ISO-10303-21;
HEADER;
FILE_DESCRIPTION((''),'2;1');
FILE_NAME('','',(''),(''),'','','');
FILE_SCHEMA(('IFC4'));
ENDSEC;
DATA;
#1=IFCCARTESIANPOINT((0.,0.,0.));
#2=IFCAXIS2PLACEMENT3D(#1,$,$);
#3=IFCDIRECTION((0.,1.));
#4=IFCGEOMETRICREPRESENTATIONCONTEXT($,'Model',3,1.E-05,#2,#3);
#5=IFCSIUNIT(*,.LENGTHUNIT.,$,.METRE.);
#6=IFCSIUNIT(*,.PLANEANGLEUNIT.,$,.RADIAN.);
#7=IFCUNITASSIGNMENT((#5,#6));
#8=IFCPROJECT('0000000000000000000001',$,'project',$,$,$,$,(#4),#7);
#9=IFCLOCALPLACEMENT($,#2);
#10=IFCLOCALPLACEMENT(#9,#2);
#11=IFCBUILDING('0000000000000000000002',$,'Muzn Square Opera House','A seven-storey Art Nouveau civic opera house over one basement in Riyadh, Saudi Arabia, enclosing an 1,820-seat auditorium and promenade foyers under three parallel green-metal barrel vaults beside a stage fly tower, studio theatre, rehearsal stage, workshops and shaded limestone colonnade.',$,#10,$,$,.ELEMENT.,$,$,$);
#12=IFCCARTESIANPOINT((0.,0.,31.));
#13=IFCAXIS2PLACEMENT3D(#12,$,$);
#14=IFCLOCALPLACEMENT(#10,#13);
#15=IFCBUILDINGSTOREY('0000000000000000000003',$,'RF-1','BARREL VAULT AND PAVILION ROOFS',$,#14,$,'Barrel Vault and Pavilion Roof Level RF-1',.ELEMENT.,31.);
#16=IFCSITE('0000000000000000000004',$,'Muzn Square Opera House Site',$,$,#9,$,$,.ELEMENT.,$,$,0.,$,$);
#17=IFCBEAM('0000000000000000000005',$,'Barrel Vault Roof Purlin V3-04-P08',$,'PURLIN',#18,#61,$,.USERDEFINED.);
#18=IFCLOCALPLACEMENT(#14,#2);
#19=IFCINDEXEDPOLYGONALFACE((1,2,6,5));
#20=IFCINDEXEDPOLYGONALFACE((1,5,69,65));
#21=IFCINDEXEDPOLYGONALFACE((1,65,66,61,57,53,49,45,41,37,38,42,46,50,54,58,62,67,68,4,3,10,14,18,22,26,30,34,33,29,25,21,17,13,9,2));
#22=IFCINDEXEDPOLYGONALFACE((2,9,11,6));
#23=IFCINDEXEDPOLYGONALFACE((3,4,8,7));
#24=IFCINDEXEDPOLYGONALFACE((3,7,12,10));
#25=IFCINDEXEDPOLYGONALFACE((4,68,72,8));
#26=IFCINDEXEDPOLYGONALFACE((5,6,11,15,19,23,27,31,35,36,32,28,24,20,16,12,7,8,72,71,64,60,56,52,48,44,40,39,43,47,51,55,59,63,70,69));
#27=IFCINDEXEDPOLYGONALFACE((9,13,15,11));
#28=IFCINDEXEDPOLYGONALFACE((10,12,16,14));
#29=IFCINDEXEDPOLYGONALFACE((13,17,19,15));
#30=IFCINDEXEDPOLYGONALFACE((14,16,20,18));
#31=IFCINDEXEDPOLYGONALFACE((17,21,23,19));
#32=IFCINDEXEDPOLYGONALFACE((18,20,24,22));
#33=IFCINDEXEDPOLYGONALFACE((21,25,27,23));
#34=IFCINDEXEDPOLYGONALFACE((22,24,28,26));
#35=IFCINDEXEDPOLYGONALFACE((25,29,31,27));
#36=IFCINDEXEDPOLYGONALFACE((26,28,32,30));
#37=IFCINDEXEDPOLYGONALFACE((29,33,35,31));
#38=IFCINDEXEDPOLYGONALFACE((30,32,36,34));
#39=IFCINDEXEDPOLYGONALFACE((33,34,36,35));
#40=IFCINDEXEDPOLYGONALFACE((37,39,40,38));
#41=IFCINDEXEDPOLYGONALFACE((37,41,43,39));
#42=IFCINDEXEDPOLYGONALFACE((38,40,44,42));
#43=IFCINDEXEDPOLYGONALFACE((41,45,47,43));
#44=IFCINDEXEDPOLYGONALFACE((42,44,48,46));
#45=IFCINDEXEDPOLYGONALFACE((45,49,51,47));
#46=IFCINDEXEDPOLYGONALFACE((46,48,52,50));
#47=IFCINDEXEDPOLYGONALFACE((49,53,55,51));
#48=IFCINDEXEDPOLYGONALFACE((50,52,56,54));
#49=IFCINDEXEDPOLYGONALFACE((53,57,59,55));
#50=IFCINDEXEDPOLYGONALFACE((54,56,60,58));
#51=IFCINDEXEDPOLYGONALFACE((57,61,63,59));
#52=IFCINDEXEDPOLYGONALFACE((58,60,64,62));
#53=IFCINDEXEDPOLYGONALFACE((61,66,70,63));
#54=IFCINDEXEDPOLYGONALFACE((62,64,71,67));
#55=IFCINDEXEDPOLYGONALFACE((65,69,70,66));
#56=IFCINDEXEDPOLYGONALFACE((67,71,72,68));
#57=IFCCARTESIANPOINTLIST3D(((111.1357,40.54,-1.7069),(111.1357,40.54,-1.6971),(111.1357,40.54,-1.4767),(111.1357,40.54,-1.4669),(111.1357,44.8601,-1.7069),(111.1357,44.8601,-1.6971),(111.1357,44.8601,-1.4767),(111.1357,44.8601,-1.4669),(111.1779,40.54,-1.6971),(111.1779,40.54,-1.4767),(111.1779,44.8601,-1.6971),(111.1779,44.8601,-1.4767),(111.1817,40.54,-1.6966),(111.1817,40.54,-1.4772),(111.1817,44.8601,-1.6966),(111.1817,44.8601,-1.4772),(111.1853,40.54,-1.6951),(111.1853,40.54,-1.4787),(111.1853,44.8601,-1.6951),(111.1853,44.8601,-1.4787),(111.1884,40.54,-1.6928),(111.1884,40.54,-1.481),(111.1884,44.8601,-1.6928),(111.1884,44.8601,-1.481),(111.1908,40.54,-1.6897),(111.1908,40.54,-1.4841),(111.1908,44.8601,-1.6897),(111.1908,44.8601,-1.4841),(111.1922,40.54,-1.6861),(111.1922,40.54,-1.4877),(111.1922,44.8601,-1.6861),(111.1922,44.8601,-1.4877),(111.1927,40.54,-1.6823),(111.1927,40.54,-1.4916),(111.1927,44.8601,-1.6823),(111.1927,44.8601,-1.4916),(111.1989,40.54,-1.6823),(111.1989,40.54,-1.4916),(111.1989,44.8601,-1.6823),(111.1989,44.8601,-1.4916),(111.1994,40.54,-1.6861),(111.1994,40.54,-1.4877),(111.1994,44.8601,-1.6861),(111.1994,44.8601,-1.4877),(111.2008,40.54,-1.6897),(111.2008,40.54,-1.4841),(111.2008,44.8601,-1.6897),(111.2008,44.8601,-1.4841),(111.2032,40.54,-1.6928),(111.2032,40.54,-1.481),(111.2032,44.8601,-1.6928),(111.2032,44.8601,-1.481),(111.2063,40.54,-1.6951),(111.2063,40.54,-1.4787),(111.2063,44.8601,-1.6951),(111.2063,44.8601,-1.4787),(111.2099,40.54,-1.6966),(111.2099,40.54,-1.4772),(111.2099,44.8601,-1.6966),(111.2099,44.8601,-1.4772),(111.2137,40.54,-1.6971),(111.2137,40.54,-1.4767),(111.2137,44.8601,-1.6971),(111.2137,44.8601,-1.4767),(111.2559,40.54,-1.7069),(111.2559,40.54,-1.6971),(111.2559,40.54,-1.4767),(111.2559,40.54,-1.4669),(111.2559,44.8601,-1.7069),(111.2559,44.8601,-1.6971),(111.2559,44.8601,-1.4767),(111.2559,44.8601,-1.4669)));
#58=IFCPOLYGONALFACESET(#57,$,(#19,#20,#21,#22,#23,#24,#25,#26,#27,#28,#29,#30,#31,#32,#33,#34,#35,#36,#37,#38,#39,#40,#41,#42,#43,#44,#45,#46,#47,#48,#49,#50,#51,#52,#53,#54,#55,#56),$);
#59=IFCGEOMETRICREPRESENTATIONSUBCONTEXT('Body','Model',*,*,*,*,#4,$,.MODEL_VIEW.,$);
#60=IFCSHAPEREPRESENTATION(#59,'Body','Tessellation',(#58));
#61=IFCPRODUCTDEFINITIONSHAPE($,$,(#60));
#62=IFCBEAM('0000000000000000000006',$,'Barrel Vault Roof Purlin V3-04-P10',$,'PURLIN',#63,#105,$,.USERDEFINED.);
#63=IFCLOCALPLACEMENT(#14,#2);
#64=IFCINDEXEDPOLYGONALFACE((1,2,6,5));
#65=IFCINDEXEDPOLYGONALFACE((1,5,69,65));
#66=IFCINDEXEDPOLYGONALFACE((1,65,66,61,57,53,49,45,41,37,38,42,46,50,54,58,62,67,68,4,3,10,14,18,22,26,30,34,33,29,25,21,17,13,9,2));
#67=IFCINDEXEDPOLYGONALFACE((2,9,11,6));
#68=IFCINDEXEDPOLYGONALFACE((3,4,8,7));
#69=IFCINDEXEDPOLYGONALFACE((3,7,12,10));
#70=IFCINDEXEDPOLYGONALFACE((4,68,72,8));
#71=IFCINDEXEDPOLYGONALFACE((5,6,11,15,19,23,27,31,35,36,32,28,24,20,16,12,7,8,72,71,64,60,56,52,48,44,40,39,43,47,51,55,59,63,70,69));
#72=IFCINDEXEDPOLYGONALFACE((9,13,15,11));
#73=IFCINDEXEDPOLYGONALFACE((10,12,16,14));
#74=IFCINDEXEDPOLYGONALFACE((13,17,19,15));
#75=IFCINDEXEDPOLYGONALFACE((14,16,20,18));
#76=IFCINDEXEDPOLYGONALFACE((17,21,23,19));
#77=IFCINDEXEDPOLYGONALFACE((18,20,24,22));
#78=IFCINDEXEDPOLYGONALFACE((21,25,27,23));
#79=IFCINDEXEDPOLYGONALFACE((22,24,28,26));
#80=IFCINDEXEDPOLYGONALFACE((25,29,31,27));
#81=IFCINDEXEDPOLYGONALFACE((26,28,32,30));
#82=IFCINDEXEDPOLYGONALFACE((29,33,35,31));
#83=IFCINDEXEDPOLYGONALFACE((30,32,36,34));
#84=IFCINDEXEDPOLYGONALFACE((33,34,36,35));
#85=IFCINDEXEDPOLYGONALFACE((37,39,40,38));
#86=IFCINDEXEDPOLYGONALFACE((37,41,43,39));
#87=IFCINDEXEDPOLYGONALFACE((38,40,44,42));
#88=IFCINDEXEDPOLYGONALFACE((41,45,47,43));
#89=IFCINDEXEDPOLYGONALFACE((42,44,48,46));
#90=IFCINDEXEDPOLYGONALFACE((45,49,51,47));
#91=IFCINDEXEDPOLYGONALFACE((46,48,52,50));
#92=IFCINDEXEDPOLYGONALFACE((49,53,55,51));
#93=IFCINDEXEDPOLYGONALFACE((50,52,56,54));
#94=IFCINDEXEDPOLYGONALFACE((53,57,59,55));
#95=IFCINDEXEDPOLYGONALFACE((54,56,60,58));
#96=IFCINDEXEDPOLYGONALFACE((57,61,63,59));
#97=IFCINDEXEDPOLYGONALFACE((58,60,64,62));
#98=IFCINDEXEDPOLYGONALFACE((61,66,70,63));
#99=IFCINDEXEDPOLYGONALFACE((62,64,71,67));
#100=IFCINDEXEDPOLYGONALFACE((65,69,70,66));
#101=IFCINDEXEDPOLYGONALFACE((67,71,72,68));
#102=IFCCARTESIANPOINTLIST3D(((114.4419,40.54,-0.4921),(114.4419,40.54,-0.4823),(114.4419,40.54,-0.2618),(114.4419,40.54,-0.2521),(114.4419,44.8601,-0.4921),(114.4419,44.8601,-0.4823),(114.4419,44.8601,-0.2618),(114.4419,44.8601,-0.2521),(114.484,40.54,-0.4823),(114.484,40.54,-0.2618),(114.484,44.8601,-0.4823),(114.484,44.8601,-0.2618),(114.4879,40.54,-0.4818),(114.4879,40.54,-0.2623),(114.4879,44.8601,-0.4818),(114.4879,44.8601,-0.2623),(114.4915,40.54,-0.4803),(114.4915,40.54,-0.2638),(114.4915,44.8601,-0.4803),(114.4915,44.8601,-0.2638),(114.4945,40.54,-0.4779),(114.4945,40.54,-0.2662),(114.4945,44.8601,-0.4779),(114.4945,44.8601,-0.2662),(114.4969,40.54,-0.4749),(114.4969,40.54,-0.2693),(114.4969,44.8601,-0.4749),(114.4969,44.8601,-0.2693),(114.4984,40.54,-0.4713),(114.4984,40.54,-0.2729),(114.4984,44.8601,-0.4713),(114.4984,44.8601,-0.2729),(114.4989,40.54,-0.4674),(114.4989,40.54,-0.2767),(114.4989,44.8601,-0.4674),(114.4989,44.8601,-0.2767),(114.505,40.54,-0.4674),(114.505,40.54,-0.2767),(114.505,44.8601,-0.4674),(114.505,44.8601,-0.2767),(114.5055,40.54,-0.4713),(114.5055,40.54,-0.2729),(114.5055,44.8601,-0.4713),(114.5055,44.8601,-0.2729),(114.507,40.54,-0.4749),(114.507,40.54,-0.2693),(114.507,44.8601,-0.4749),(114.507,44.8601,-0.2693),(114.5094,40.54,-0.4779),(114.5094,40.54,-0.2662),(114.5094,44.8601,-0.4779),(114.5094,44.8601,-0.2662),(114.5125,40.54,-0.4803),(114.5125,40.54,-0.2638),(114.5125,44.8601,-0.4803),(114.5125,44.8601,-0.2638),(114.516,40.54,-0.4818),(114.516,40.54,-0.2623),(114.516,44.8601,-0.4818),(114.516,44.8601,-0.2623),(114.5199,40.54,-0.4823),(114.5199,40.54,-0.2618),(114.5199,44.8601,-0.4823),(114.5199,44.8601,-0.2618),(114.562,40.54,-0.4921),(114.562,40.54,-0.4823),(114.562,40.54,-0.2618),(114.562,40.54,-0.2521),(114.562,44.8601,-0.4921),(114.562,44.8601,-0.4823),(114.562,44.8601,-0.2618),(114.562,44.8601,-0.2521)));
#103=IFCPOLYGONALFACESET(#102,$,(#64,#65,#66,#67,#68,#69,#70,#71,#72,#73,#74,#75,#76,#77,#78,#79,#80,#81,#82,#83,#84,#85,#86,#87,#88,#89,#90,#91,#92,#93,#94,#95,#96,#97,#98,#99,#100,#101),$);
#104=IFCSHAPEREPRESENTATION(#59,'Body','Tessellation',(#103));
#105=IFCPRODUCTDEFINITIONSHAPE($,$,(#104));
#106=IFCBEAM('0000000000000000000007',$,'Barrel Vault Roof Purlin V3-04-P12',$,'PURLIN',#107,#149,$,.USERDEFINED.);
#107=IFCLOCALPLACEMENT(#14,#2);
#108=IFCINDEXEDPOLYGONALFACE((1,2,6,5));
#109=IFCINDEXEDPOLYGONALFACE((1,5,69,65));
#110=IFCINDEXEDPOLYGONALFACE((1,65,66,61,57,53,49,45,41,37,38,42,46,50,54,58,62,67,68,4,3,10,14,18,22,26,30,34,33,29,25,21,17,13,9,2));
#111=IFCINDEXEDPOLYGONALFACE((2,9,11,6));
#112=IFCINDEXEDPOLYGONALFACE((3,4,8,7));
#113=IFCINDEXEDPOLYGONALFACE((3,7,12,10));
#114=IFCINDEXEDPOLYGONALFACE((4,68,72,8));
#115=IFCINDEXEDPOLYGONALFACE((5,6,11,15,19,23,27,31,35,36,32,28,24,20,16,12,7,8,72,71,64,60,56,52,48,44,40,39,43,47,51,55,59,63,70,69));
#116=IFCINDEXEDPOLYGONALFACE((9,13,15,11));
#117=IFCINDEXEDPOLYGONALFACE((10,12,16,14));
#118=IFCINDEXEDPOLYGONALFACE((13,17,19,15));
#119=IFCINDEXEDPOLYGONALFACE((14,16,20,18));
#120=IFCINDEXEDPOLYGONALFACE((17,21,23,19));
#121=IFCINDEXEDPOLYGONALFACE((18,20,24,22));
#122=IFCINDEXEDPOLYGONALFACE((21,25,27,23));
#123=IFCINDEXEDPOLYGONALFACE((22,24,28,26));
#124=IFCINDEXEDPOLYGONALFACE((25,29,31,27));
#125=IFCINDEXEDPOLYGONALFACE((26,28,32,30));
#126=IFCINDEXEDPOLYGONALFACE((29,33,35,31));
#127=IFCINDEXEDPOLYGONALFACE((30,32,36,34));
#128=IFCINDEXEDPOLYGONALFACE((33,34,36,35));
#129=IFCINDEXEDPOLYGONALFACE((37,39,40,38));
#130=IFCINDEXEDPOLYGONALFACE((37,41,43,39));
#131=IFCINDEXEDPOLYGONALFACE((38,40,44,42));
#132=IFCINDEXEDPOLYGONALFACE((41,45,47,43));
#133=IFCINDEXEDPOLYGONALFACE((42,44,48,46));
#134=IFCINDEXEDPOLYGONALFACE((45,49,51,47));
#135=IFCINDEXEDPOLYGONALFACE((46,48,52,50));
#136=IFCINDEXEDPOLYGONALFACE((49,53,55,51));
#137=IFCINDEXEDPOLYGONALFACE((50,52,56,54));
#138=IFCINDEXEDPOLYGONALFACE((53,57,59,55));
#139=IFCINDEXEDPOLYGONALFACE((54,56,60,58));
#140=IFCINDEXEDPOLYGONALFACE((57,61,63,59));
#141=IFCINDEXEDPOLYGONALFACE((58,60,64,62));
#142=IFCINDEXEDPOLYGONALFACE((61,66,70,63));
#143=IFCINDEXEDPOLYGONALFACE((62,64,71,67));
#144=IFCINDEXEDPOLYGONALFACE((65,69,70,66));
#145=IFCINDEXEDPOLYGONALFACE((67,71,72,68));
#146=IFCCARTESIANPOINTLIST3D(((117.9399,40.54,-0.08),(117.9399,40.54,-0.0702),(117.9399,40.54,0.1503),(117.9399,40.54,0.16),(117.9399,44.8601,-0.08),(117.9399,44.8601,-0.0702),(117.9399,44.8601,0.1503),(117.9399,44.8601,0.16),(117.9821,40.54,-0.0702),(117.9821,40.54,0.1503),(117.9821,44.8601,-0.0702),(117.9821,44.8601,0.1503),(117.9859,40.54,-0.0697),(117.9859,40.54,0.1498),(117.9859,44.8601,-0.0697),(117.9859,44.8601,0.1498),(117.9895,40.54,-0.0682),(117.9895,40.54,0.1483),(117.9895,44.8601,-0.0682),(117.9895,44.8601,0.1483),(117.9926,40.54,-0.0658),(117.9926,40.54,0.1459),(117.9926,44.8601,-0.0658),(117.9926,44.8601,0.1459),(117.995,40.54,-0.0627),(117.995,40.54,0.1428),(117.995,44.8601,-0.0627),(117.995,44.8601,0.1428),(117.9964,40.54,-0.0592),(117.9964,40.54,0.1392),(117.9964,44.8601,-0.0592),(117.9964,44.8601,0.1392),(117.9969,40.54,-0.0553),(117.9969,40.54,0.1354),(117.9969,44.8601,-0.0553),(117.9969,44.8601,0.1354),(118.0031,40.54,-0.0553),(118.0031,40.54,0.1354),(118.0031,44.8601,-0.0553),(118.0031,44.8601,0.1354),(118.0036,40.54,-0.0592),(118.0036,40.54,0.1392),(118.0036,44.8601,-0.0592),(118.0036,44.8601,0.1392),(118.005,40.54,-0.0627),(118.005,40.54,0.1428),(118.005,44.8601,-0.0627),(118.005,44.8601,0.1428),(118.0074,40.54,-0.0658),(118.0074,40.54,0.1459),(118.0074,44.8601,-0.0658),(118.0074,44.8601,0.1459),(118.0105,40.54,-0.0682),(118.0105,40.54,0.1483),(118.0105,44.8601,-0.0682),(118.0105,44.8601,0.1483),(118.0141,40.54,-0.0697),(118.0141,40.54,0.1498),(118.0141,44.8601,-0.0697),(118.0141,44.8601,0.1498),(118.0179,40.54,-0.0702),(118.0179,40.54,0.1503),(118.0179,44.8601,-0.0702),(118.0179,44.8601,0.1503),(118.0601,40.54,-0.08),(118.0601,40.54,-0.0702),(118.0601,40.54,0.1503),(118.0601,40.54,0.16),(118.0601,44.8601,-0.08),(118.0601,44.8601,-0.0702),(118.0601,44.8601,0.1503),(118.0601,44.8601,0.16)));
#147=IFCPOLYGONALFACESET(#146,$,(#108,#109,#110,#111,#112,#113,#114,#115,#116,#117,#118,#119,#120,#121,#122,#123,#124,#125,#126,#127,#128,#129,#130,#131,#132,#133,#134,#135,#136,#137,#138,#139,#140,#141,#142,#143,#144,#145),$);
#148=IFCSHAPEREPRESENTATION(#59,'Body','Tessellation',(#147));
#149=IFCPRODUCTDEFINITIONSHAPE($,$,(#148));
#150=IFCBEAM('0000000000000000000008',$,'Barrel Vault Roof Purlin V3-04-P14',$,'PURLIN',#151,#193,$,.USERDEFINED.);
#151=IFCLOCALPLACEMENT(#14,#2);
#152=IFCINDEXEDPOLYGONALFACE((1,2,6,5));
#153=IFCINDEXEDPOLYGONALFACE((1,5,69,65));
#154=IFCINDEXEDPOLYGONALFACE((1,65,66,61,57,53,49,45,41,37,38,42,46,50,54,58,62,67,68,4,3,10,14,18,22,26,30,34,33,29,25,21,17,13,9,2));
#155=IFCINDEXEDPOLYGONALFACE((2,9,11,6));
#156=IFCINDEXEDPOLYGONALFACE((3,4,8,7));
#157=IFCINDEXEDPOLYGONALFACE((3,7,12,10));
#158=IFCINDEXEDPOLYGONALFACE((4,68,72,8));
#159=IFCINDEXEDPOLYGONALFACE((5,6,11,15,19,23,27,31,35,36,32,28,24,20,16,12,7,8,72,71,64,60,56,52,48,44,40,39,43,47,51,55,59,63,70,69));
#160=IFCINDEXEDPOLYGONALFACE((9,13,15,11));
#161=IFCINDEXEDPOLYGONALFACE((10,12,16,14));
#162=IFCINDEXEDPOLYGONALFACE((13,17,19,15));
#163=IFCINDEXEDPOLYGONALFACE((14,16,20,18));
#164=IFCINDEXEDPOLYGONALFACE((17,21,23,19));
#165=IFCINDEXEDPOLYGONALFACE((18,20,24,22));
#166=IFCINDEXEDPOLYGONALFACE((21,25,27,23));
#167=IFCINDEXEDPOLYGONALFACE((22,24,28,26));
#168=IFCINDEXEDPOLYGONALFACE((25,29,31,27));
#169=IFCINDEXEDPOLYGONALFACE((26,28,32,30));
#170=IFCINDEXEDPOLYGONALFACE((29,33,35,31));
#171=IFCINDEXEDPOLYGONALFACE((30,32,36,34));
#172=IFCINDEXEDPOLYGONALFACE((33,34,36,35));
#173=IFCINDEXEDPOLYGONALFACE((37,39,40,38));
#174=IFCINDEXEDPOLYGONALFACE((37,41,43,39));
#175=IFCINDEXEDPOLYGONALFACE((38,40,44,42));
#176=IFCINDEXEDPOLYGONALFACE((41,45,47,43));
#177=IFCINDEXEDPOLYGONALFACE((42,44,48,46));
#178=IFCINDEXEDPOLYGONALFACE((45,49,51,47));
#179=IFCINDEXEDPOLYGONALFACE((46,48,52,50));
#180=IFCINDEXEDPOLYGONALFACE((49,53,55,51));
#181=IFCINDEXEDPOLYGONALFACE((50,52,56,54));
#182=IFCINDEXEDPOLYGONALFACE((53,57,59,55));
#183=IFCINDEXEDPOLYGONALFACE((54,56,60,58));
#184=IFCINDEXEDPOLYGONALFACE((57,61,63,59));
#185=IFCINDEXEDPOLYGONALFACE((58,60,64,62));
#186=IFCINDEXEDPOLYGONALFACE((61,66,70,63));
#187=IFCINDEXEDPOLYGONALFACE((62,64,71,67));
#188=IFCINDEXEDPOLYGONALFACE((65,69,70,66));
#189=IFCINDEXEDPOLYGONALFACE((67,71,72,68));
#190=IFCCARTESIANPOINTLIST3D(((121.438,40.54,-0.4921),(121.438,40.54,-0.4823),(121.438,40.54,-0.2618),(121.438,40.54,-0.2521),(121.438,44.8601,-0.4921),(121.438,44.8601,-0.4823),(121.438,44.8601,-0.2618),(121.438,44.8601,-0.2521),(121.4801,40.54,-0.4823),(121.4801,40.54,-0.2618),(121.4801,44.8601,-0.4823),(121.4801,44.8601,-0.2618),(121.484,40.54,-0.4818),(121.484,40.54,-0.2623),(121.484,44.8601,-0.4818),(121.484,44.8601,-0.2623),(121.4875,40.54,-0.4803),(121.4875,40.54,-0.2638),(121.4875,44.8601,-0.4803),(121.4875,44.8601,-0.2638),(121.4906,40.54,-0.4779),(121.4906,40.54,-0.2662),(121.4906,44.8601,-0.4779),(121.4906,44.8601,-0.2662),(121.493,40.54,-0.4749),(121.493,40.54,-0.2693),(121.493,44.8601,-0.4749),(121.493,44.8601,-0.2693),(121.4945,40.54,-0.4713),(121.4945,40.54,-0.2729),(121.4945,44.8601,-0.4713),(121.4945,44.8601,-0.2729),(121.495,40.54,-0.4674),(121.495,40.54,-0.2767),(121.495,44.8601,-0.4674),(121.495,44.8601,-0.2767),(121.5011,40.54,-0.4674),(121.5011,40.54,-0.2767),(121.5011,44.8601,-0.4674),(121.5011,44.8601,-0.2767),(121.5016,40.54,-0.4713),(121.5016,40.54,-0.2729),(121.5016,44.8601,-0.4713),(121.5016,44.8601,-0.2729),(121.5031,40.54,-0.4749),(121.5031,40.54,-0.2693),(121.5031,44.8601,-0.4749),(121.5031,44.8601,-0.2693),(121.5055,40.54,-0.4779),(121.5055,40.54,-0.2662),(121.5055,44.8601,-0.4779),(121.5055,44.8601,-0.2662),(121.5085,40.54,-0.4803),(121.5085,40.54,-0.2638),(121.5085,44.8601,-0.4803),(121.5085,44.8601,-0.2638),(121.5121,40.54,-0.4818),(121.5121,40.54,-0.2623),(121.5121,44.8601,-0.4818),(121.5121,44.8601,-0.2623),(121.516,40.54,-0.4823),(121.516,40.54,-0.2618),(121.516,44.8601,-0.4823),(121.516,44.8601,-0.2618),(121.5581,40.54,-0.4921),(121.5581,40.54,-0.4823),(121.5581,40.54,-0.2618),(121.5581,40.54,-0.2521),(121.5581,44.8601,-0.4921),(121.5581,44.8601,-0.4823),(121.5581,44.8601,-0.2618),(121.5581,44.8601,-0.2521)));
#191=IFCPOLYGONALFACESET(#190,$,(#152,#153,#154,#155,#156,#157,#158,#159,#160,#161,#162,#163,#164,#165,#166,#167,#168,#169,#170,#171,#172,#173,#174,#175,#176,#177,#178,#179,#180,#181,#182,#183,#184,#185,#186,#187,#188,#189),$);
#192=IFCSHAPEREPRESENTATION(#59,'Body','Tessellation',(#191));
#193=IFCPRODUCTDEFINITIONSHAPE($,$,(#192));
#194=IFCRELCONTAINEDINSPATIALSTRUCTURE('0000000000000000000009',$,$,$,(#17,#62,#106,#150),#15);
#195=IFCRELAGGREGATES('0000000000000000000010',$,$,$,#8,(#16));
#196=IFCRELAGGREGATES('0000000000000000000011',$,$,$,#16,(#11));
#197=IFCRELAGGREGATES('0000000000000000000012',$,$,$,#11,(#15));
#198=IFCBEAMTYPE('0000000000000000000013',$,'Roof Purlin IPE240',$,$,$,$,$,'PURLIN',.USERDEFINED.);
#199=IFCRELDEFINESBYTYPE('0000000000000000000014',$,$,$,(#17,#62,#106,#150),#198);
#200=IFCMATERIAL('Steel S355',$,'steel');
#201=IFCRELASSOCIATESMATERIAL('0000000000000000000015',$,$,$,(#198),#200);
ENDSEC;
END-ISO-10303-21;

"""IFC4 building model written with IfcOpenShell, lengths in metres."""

from ifc_helpers import new_model, si_unit, direction, frame, origin, origin_2d, place, context, subcontext, project, spatial, i_section, extrude, material, material_profile, profile_set, type_object, element, save


model = new_model("IFC4")

# Units and contexts
model_context = context("Model", 3, precision=1e-05, world=origin(), true_north=direction((0.0, 1.0)))
body_context = subcontext(model_context, "Body", "Model", "MODEL_VIEW")
ifc_project = project(units=[si_unit("LENGTHUNIT", "METRE"), si_unit("PLANEANGLEUNIT", "RADIAN")], contexts=[model_context])

# Site, building, storey
site_placement = place(None, origin())
site = spatial("IfcSite", under=ifc_project, at=site_placement, Name="Muzn Square Opera House Site", CompositionType="ELEMENT", RefElevation=0.0)
building_placement = place(site_placement, origin())
building = spatial("IfcBuilding", under=site, at=building_placement, Name="Muzn Square Opera House", Description="A seven-storey Art Nouveau civic opera house over one basement in Riyadh, Saudi Arabia, enclosing an 1,820-seat auditorium and promenade foyers under three parallel green-metal barrel vaults beside a stage fly tower, studio theatre, rehearsal stage, workshops and shaded limestone colonnade.", CompositionType="ELEMENT")
storey_placement = place(building_placement, frame((0.0, 0.0, 31.0)))
storey = spatial("IfcBuildingStorey", under=building, at=storey_placement, Name="RF-1", Description="BARREL VAULT AND PAVILION ROOFS", LongName="Barrel Vault and Pavilion Roof Level RF-1", CompositionType="ELEMENT", Elevation=31.0)

# Beams
ifc_material_1 = material(Name="Steel S355", Category="steel")
ifc_material_profile_1 = material_profile(ifc_material_1, i_section(OverallWidth=0.1201, OverallDepth=0.24, WebThickness=0.0061, FlangeThickness=0.0098, FilletRadius=0.0149, at=origin_2d()), Name="IPE 240", Category="steel")
ifc_profile_set_1 = profile_set([ifc_material_profile_1], Name="Steel S355")
beam_type_1 = type_object("IfcBeamType", Name="Roof Purlin IPE240", ElementType="PURLIN", PredefinedType="USERDEFINED", material=ifc_profile_set_1)
for number, where, z_axis, x_axis, name in (
    (1, (111.1958, 40.54, -1.5869), (0.0, 1.0, 0.0), (-1.0, 0.0, 0.0), "Barrel Vault Roof Purlin V3-04-P08"),
    (2, (114.502, 40.54, -0.3721), (0.0, 1.0, 0.0), (-1.0, 0.0, 0.0), "Barrel Vault Roof Purlin V3-04-P10"),
    (3, (118.0, 40.54, 0.04), (0.0, 1.0, 0.0), (-1.0, 0.0, 0.0), "Barrel Vault Roof Purlin V3-04-P12"),
    (4, (121.498, 40.54, -0.3721), (0.0, 1.0, 0.0), (-1.0, 0.0, 0.0), "Barrel Vault Roof Purlin V3-04-P14"),
):
    element("IfcBeam", number, at=place(storey_placement, frame(where, z_axis=z_axis, x_axis=x_axis)), inside=storey, type_object=beam_type_1, Name=name, ObjectType="PURLIN", PredefinedType="USERDEFINED", context=body_context, shape_type="SweptSolid", body=[
        extrude(i_section(OverallWidth=0.1201, OverallDepth=0.24, WebThickness=0.0061, FlangeThickness=0.0098, FilletRadius=0.0149, at=origin_2d()), origin(), (0.0, 0.0, 1.0), 4.3201),
    ])

save(model, "model.ifc")
